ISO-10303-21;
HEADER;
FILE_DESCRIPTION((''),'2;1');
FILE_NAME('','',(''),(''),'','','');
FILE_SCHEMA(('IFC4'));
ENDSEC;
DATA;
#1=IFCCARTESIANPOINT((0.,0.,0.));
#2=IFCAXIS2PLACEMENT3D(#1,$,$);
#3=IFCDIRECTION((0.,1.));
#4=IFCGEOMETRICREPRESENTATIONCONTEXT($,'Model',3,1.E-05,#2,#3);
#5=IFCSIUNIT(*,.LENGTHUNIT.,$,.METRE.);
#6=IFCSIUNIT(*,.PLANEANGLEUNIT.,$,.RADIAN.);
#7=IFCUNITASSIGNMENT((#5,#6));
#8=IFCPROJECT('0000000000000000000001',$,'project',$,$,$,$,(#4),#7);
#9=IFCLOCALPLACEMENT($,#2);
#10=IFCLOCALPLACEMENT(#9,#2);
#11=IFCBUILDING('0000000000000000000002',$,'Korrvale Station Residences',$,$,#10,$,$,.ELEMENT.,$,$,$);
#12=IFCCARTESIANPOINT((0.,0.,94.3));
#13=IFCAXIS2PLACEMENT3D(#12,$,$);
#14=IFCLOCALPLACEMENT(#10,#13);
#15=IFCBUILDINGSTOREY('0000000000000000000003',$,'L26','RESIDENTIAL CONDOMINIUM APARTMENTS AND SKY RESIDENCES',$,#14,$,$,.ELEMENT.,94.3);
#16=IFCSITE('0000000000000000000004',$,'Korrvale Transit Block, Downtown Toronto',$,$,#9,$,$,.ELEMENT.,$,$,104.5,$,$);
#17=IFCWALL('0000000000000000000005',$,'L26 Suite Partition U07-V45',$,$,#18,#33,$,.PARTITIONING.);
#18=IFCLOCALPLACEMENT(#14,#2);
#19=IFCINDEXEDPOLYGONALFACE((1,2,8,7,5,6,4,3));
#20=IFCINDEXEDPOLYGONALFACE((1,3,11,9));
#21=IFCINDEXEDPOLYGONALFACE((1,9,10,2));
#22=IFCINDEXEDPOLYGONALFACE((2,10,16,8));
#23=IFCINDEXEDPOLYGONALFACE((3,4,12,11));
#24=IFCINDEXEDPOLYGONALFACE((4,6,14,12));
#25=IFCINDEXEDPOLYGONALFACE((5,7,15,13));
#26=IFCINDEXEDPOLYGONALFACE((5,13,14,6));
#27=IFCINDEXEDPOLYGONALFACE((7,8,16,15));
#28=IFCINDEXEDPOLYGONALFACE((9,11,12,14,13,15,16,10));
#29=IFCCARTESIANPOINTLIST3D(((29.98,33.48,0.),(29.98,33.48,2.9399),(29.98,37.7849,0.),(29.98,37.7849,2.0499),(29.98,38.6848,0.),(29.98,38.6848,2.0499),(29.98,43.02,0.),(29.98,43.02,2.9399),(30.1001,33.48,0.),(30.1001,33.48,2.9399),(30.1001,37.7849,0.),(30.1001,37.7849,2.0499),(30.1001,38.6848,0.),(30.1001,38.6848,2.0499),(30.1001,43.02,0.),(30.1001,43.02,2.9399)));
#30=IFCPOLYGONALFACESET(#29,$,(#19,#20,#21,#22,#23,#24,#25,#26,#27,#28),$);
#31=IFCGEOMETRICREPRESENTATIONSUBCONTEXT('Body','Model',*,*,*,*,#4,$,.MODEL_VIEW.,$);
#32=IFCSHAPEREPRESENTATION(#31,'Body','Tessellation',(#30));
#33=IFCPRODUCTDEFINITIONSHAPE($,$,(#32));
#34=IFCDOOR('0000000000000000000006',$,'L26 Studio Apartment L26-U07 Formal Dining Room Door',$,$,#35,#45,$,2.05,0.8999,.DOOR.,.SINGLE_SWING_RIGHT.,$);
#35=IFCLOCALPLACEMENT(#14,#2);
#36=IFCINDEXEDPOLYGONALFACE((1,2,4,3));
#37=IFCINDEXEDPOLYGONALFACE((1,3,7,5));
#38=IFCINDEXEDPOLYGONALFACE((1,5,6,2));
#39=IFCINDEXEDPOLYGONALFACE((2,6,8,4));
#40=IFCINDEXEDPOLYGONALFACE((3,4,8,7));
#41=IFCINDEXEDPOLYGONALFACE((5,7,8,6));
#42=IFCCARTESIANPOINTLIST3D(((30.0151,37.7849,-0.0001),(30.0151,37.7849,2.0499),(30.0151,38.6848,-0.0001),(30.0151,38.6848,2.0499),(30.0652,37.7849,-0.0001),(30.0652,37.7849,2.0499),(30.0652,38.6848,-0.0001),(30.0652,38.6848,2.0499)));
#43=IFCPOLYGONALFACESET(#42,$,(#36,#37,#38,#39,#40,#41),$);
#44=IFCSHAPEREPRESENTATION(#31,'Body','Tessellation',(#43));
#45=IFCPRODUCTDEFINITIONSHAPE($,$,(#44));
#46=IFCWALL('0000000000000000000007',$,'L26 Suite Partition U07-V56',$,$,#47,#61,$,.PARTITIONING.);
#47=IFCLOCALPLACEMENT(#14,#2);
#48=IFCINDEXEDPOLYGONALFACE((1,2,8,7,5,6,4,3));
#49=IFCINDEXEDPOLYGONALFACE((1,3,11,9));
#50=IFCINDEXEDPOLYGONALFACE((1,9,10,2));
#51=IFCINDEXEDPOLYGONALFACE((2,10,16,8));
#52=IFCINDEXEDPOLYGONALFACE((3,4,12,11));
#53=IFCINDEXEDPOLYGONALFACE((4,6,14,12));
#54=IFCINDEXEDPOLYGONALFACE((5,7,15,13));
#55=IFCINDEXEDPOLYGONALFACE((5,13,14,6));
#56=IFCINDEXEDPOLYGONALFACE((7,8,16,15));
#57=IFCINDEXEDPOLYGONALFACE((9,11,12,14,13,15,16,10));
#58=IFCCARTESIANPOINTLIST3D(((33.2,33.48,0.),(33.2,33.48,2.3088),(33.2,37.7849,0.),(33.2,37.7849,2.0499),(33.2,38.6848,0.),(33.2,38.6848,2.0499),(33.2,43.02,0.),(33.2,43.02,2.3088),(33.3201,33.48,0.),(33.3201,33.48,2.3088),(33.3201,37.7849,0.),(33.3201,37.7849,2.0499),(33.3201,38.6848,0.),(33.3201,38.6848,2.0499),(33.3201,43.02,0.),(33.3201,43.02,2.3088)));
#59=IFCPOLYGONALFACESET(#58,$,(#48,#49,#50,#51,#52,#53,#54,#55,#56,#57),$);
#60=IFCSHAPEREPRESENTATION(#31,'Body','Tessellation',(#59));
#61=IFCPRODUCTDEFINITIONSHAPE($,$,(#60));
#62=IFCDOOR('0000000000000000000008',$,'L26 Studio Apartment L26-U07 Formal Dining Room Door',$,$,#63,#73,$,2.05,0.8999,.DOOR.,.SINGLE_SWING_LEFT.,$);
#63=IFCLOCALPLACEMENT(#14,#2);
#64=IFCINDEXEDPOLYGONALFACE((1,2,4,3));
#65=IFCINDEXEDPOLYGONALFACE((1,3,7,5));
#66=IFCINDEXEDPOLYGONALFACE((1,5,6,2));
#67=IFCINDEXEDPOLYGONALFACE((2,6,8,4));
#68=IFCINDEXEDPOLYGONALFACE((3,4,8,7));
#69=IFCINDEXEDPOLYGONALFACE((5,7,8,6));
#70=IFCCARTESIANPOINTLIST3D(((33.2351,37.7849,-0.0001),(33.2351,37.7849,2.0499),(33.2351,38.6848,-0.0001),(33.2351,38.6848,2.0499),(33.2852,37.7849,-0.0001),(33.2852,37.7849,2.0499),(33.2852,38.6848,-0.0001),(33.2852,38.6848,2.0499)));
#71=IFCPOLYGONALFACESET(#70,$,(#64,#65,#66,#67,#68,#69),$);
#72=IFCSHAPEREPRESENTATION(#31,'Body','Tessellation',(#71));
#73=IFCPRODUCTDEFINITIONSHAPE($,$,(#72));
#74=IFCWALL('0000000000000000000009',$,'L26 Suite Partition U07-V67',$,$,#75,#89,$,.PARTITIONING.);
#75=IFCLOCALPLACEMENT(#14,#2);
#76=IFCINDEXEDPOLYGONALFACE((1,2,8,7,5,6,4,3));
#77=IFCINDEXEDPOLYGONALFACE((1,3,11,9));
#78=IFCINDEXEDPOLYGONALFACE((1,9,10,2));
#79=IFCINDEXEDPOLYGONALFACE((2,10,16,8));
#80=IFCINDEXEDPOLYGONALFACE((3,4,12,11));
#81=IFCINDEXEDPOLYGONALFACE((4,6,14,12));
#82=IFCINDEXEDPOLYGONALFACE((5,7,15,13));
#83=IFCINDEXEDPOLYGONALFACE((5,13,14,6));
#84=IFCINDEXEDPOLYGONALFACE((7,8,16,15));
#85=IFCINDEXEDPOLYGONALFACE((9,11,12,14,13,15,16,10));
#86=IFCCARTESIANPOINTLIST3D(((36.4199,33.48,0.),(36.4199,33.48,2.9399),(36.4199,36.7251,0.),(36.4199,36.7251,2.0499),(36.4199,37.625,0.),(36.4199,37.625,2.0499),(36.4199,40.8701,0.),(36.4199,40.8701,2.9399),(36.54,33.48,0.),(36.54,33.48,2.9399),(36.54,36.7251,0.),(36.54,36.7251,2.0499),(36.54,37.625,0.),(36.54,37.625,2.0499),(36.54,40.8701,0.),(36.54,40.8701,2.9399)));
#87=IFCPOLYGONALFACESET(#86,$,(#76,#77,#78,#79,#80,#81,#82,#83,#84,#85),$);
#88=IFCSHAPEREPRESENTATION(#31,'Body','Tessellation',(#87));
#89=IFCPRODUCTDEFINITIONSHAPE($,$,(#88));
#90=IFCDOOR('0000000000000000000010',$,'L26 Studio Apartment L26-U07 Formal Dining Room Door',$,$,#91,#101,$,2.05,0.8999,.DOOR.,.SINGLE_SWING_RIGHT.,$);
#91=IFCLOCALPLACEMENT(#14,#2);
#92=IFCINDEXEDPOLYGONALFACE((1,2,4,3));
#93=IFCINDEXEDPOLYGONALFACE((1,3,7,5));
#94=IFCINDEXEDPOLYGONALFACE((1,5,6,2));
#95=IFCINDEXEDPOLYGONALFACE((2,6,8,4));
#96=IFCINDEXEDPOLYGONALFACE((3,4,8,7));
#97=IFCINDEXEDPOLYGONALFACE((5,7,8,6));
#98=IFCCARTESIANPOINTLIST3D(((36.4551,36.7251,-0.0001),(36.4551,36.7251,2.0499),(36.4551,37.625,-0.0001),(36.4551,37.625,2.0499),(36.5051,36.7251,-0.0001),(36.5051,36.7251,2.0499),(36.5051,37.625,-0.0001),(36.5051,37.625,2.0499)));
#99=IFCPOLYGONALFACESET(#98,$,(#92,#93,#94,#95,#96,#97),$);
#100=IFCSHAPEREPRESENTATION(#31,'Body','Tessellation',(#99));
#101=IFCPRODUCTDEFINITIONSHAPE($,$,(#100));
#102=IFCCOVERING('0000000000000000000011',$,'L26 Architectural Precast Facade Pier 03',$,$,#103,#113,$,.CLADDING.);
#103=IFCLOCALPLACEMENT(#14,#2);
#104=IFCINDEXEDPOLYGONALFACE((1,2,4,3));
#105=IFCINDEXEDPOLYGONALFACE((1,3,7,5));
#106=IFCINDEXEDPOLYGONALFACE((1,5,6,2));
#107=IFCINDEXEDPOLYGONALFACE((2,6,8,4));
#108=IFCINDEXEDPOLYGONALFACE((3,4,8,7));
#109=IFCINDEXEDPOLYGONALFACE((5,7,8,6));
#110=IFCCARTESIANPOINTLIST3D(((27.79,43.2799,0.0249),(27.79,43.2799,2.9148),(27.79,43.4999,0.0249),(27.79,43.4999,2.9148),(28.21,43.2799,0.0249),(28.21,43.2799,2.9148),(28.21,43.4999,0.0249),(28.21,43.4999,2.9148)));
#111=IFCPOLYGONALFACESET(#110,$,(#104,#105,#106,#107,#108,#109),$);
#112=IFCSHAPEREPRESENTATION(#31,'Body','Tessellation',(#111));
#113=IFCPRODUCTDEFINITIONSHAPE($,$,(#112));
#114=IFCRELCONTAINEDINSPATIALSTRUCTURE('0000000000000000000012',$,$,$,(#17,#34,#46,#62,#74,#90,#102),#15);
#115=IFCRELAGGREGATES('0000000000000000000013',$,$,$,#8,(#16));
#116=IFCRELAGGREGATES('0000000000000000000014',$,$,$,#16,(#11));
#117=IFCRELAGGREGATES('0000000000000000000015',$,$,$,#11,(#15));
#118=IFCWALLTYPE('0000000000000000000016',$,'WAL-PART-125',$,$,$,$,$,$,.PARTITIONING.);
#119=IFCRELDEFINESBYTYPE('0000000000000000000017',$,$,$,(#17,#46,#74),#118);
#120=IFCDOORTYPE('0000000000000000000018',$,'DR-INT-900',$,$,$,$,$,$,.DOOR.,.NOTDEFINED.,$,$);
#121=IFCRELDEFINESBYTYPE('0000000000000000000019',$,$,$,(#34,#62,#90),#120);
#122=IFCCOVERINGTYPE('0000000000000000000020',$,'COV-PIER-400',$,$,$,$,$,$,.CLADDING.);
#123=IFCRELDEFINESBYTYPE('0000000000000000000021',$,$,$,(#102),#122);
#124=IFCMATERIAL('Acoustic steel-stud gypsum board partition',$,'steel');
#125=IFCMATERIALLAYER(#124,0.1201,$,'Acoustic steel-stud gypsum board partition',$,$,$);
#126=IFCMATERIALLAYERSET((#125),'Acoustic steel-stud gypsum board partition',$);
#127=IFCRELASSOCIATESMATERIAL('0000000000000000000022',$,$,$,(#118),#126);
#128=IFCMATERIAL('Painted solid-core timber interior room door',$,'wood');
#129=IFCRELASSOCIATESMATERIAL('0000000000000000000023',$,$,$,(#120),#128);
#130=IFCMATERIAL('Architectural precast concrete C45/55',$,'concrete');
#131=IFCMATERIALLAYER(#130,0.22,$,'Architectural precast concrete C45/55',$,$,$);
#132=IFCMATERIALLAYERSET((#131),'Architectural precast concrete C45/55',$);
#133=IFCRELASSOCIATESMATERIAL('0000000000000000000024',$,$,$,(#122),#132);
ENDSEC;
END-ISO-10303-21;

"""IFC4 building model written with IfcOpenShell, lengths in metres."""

from ifc_helpers import new_model, si_unit, direction, frame, frame_2d, origin, origin_2d, place, context, subcontext, project, spatial, rectangle, extrude, material, layer, layer_set, type_object, element, fill, save


model = new_model("IFC4")

# Units and contexts
model_context = context("Model", 3, precision=1e-05, world=origin(), true_north=direction((0.0, 1.0)))
body_context = subcontext(model_context, "Body", "Model", "MODEL_VIEW")
ifc_project = project(units=[si_unit("LENGTHUNIT", "METRE"), si_unit("PLANEANGLEUNIT", "RADIAN")], contexts=[model_context])

# Site, building, storey
site_placement = place(None, origin())
site = spatial("IfcSite", under=ifc_project, at=site_placement, Name="Korrvale Transit Block, Downtown Toronto", CompositionType="ELEMENT", RefElevation=104.5)
building_placement = place(site_placement, origin())
building = spatial("IfcBuilding", under=site, at=building_placement, Name="Korrvale Station Residences", CompositionType="ELEMENT")
storey_placement = place(building_placement, frame((0.0, 0.0, 94.3)))
storey = spatial("IfcBuildingStorey", under=building, at=storey_placement, Name="L26", Description="RESIDENTIAL CONDOMINIUM APARTMENTS AND SKY RESIDENCES", CompositionType="ELEMENT", Elevation=94.3)

# Shared definitions
ifc_material_1 = material(Name="Acoustic steel-stud gypsum board partition", Category="steel")
ifc_layer_1 = layer(ifc_material_1, 0.1201, Name="Acoustic steel-stud gypsum board partition")
ifc_layer_set_1 = layer_set([ifc_layer_1], Name="Acoustic steel-stud gypsum board partition")
wall_type_1 = type_object("IfcWallType", Name="WAL-PART-125", PredefinedType="PARTITIONING", material=ifc_layer_set_1)

# Shared definitions
ifc_material_2 = material(Name="Painted solid-core timber interior room door", Category="wood")
door_type_1 = type_object("IfcDoorType", Name="DR-INT-900", OperationType="NOTDEFINED", PredefinedType="DOOR", material=ifc_material_2)

# Walls, openings, doors
wall_1_placement = place(storey_placement, frame((30.04, 33.48, 0.0), z_axis=(0.0, 0.0, 1.0), x_axis=(0.0, 1.0, 0.0)))
wall_1 = element("IfcWall", 1, at=wall_1_placement, inside=storey, type_object=wall_type_1, Name="L26 Suite Partition U07-V45", PredefinedType="PARTITIONING", context=body_context, shape_type="SweptSolid", body=[
    extrude(rectangle(XDim=9.54, YDim=0.1201, at=frame_2d((4.77, 0.0))), origin(), (0.0, 0.0, 1.0), 2.9399),
])
opening_1_placement = place(wall_1_placement, frame((4.3049, 0.0, 0.0)))
opening_1 = element("IfcOpeningElement", 2, at=opening_1_placement, cuts=wall_1, PredefinedType="OPENING", context=body_context, shape_type="SweptSolid", body=[
    extrude(rectangle(XDim=0.8999, YDim=2.05, at=frame_2d((0.45, 1.0249))), frame((0.0, 0.0701, 0.0), z_axis=(0.0, -1.0, 0.0), x_axis=(1.0, 0.0, 0.0)), (0.0, 0.0, 1.0), 0.1401),
])
door_1_placement = place(opening_1_placement, origin())
door_1 = element("IfcDoor", 3, at=door_1_placement, inside=storey, type_object=door_type_1, Name="L26 Studio Apartment L26-U07 Formal Dining Room Door", OperationType="SINGLE_SWING_RIGHT", OverallHeight=2.05, OverallWidth=0.8999, PredefinedType="DOOR", context=body_context, shape_type="SweptSolid", body=[
    extrude(rectangle(XDim=0.8999, YDim=2.05, at=frame_2d((0.45, 1.0249))), frame((0.0, 0.0249, 0.0), z_axis=(0.0, -1.0, 0.0), x_axis=(1.0, 0.0, 0.0)), (0.0, 0.0, 1.0), 0.05),
])
fill(opening_1, door_1)
wall_2_placement = place(storey_placement, frame((33.26, 33.48, 0.0), z_axis=(0.0, 0.0, 1.0), x_axis=(0.0, 1.0, 0.0)))
wall_2 = element("IfcWall", 4, at=wall_2_placement, inside=storey, type_object=wall_type_1, Name="L26 Suite Partition U07-V56", PredefinedType="PARTITIONING", context=body_context, shape_type="SweptSolid", body=[
    extrude(rectangle(XDim=9.54, YDim=0.1201, at=frame_2d((4.77, 0.0))), origin(), (0.0, 0.0, 1.0), 2.3088),
])
opening_2_placement = place(wall_2_placement, frame((4.3049, 0.0, 0.0)))
opening_2 = element("IfcOpeningElement", 5, at=opening_2_placement, cuts=wall_2, PredefinedType="OPENING", context=body_context, shape_type="SweptSolid", body=[
    extrude(rectangle(XDim=0.8999, YDim=2.05, at=frame_2d((0.45, 1.0249))), frame((0.0, 0.0701, 0.0), z_axis=(0.0, -1.0, 0.0), x_axis=(1.0, 0.0, 0.0)), (0.0, 0.0, 1.0), 0.1401),
])
door_2_placement = place(opening_2_placement, origin())
door_2 = element("IfcDoor", 6, at=door_2_placement, inside=storey, type_object=door_type_1, Name="L26 Studio Apartment L26-U07 Formal Dining Room Door", OperationType="SINGLE_SWING_LEFT", OverallHeight=2.05, OverallWidth=0.8999, PredefinedType="DOOR", context=body_context, shape_type="SweptSolid", body=[
    extrude(rectangle(XDim=0.8999, YDim=2.05, at=frame_2d((0.45, 1.0249))), frame((0.0, 0.0249, 0.0), z_axis=(0.0, -1.0, 0.0), x_axis=(1.0, 0.0, 0.0)), (0.0, 0.0, 1.0), 0.05),
])
fill(opening_2, door_2)
wall_3_placement = place(storey_placement, frame((36.48, 33.48, 0.0), z_axis=(0.0, 0.0, 1.0), x_axis=(0.0, 1.0, 0.0)))
wall_3 = element("IfcWall", 7, at=wall_3_placement, inside=storey, type_object=wall_type_1, Name="L26 Suite Partition U07-V67", PredefinedType="PARTITIONING", context=body_context, shape_type="SweptSolid", body=[
    extrude(rectangle(XDim=7.3901, YDim=0.1201, at=frame_2d((3.6951, 0.0))), origin(), (0.0, 0.0, 1.0), 2.9399),
])
opening_3_placement = place(wall_3_placement, frame((3.2451, 0.0, 0.0)))
opening_3 = element("IfcOpeningElement", 8, at=opening_3_placement, cuts=wall_3, PredefinedType="OPENING", context=body_context, shape_type="SweptSolid", body=[
    extrude(rectangle(XDim=0.8999, YDim=2.05, at=frame_2d((0.45, 1.0249))), frame((0.0, 0.0701, 0.0), z_axis=(0.0, -1.0, 0.0), x_axis=(1.0, 0.0, 0.0)), (0.0, 0.0, 1.0), 0.1401),
])
door_3_placement = place(opening_3_placement, origin())
door_3 = element("IfcDoor", 9, at=door_3_placement, inside=storey, type_object=door_type_1, Name="L26 Studio Apartment L26-U07 Formal Dining Room Door", OperationType="SINGLE_SWING_RIGHT", OverallHeight=2.05, OverallWidth=0.8999, PredefinedType="DOOR", context=body_context, shape_type="SweptSolid", body=[
    extrude(rectangle(XDim=0.8999, YDim=2.05, at=frame_2d((0.45, 1.0249))), frame((0.0, 0.0249, 0.0), z_axis=(0.0, -1.0, 0.0), x_axis=(1.0, 0.0, 0.0)), (0.0, 0.0, 1.0), 0.05),
])
fill(opening_3, door_3)

# Covering
ifc_material_3 = material(Name="Architectural precast concrete C45/55", Category="concrete")
ifc_layer_2 = layer(ifc_material_3, 0.22, Name="Architectural precast concrete C45/55")
ifc_layer_set_2 = layer_set([ifc_layer_2], Name="Architectural precast concrete C45/55")
covering_type = type_object("IfcCoveringType", Name="COV-PIER-400", PredefinedType="CLADDING", material=ifc_layer_set_2)
covering_placement = place(storey_placement, frame((28.0, 43.3899, 0.0249), z_axis=(0.0, 0.0, 1.0), x_axis=(1.0, 0.0, 0.0)))
element("IfcCovering", 10, at=covering_placement, inside=storey, type_object=covering_type, Name="L26 Architectural Precast Facade Pier 03", PredefinedType="CLADDING", context=body_context, shape_type="SweptSolid", body=[
    extrude(rectangle(XDim=0.4199, YDim=0.22, at=origin_2d()), origin(), (0.0, 0.0, 1.0), 2.8899),
])

save(model, "model.ifc")
